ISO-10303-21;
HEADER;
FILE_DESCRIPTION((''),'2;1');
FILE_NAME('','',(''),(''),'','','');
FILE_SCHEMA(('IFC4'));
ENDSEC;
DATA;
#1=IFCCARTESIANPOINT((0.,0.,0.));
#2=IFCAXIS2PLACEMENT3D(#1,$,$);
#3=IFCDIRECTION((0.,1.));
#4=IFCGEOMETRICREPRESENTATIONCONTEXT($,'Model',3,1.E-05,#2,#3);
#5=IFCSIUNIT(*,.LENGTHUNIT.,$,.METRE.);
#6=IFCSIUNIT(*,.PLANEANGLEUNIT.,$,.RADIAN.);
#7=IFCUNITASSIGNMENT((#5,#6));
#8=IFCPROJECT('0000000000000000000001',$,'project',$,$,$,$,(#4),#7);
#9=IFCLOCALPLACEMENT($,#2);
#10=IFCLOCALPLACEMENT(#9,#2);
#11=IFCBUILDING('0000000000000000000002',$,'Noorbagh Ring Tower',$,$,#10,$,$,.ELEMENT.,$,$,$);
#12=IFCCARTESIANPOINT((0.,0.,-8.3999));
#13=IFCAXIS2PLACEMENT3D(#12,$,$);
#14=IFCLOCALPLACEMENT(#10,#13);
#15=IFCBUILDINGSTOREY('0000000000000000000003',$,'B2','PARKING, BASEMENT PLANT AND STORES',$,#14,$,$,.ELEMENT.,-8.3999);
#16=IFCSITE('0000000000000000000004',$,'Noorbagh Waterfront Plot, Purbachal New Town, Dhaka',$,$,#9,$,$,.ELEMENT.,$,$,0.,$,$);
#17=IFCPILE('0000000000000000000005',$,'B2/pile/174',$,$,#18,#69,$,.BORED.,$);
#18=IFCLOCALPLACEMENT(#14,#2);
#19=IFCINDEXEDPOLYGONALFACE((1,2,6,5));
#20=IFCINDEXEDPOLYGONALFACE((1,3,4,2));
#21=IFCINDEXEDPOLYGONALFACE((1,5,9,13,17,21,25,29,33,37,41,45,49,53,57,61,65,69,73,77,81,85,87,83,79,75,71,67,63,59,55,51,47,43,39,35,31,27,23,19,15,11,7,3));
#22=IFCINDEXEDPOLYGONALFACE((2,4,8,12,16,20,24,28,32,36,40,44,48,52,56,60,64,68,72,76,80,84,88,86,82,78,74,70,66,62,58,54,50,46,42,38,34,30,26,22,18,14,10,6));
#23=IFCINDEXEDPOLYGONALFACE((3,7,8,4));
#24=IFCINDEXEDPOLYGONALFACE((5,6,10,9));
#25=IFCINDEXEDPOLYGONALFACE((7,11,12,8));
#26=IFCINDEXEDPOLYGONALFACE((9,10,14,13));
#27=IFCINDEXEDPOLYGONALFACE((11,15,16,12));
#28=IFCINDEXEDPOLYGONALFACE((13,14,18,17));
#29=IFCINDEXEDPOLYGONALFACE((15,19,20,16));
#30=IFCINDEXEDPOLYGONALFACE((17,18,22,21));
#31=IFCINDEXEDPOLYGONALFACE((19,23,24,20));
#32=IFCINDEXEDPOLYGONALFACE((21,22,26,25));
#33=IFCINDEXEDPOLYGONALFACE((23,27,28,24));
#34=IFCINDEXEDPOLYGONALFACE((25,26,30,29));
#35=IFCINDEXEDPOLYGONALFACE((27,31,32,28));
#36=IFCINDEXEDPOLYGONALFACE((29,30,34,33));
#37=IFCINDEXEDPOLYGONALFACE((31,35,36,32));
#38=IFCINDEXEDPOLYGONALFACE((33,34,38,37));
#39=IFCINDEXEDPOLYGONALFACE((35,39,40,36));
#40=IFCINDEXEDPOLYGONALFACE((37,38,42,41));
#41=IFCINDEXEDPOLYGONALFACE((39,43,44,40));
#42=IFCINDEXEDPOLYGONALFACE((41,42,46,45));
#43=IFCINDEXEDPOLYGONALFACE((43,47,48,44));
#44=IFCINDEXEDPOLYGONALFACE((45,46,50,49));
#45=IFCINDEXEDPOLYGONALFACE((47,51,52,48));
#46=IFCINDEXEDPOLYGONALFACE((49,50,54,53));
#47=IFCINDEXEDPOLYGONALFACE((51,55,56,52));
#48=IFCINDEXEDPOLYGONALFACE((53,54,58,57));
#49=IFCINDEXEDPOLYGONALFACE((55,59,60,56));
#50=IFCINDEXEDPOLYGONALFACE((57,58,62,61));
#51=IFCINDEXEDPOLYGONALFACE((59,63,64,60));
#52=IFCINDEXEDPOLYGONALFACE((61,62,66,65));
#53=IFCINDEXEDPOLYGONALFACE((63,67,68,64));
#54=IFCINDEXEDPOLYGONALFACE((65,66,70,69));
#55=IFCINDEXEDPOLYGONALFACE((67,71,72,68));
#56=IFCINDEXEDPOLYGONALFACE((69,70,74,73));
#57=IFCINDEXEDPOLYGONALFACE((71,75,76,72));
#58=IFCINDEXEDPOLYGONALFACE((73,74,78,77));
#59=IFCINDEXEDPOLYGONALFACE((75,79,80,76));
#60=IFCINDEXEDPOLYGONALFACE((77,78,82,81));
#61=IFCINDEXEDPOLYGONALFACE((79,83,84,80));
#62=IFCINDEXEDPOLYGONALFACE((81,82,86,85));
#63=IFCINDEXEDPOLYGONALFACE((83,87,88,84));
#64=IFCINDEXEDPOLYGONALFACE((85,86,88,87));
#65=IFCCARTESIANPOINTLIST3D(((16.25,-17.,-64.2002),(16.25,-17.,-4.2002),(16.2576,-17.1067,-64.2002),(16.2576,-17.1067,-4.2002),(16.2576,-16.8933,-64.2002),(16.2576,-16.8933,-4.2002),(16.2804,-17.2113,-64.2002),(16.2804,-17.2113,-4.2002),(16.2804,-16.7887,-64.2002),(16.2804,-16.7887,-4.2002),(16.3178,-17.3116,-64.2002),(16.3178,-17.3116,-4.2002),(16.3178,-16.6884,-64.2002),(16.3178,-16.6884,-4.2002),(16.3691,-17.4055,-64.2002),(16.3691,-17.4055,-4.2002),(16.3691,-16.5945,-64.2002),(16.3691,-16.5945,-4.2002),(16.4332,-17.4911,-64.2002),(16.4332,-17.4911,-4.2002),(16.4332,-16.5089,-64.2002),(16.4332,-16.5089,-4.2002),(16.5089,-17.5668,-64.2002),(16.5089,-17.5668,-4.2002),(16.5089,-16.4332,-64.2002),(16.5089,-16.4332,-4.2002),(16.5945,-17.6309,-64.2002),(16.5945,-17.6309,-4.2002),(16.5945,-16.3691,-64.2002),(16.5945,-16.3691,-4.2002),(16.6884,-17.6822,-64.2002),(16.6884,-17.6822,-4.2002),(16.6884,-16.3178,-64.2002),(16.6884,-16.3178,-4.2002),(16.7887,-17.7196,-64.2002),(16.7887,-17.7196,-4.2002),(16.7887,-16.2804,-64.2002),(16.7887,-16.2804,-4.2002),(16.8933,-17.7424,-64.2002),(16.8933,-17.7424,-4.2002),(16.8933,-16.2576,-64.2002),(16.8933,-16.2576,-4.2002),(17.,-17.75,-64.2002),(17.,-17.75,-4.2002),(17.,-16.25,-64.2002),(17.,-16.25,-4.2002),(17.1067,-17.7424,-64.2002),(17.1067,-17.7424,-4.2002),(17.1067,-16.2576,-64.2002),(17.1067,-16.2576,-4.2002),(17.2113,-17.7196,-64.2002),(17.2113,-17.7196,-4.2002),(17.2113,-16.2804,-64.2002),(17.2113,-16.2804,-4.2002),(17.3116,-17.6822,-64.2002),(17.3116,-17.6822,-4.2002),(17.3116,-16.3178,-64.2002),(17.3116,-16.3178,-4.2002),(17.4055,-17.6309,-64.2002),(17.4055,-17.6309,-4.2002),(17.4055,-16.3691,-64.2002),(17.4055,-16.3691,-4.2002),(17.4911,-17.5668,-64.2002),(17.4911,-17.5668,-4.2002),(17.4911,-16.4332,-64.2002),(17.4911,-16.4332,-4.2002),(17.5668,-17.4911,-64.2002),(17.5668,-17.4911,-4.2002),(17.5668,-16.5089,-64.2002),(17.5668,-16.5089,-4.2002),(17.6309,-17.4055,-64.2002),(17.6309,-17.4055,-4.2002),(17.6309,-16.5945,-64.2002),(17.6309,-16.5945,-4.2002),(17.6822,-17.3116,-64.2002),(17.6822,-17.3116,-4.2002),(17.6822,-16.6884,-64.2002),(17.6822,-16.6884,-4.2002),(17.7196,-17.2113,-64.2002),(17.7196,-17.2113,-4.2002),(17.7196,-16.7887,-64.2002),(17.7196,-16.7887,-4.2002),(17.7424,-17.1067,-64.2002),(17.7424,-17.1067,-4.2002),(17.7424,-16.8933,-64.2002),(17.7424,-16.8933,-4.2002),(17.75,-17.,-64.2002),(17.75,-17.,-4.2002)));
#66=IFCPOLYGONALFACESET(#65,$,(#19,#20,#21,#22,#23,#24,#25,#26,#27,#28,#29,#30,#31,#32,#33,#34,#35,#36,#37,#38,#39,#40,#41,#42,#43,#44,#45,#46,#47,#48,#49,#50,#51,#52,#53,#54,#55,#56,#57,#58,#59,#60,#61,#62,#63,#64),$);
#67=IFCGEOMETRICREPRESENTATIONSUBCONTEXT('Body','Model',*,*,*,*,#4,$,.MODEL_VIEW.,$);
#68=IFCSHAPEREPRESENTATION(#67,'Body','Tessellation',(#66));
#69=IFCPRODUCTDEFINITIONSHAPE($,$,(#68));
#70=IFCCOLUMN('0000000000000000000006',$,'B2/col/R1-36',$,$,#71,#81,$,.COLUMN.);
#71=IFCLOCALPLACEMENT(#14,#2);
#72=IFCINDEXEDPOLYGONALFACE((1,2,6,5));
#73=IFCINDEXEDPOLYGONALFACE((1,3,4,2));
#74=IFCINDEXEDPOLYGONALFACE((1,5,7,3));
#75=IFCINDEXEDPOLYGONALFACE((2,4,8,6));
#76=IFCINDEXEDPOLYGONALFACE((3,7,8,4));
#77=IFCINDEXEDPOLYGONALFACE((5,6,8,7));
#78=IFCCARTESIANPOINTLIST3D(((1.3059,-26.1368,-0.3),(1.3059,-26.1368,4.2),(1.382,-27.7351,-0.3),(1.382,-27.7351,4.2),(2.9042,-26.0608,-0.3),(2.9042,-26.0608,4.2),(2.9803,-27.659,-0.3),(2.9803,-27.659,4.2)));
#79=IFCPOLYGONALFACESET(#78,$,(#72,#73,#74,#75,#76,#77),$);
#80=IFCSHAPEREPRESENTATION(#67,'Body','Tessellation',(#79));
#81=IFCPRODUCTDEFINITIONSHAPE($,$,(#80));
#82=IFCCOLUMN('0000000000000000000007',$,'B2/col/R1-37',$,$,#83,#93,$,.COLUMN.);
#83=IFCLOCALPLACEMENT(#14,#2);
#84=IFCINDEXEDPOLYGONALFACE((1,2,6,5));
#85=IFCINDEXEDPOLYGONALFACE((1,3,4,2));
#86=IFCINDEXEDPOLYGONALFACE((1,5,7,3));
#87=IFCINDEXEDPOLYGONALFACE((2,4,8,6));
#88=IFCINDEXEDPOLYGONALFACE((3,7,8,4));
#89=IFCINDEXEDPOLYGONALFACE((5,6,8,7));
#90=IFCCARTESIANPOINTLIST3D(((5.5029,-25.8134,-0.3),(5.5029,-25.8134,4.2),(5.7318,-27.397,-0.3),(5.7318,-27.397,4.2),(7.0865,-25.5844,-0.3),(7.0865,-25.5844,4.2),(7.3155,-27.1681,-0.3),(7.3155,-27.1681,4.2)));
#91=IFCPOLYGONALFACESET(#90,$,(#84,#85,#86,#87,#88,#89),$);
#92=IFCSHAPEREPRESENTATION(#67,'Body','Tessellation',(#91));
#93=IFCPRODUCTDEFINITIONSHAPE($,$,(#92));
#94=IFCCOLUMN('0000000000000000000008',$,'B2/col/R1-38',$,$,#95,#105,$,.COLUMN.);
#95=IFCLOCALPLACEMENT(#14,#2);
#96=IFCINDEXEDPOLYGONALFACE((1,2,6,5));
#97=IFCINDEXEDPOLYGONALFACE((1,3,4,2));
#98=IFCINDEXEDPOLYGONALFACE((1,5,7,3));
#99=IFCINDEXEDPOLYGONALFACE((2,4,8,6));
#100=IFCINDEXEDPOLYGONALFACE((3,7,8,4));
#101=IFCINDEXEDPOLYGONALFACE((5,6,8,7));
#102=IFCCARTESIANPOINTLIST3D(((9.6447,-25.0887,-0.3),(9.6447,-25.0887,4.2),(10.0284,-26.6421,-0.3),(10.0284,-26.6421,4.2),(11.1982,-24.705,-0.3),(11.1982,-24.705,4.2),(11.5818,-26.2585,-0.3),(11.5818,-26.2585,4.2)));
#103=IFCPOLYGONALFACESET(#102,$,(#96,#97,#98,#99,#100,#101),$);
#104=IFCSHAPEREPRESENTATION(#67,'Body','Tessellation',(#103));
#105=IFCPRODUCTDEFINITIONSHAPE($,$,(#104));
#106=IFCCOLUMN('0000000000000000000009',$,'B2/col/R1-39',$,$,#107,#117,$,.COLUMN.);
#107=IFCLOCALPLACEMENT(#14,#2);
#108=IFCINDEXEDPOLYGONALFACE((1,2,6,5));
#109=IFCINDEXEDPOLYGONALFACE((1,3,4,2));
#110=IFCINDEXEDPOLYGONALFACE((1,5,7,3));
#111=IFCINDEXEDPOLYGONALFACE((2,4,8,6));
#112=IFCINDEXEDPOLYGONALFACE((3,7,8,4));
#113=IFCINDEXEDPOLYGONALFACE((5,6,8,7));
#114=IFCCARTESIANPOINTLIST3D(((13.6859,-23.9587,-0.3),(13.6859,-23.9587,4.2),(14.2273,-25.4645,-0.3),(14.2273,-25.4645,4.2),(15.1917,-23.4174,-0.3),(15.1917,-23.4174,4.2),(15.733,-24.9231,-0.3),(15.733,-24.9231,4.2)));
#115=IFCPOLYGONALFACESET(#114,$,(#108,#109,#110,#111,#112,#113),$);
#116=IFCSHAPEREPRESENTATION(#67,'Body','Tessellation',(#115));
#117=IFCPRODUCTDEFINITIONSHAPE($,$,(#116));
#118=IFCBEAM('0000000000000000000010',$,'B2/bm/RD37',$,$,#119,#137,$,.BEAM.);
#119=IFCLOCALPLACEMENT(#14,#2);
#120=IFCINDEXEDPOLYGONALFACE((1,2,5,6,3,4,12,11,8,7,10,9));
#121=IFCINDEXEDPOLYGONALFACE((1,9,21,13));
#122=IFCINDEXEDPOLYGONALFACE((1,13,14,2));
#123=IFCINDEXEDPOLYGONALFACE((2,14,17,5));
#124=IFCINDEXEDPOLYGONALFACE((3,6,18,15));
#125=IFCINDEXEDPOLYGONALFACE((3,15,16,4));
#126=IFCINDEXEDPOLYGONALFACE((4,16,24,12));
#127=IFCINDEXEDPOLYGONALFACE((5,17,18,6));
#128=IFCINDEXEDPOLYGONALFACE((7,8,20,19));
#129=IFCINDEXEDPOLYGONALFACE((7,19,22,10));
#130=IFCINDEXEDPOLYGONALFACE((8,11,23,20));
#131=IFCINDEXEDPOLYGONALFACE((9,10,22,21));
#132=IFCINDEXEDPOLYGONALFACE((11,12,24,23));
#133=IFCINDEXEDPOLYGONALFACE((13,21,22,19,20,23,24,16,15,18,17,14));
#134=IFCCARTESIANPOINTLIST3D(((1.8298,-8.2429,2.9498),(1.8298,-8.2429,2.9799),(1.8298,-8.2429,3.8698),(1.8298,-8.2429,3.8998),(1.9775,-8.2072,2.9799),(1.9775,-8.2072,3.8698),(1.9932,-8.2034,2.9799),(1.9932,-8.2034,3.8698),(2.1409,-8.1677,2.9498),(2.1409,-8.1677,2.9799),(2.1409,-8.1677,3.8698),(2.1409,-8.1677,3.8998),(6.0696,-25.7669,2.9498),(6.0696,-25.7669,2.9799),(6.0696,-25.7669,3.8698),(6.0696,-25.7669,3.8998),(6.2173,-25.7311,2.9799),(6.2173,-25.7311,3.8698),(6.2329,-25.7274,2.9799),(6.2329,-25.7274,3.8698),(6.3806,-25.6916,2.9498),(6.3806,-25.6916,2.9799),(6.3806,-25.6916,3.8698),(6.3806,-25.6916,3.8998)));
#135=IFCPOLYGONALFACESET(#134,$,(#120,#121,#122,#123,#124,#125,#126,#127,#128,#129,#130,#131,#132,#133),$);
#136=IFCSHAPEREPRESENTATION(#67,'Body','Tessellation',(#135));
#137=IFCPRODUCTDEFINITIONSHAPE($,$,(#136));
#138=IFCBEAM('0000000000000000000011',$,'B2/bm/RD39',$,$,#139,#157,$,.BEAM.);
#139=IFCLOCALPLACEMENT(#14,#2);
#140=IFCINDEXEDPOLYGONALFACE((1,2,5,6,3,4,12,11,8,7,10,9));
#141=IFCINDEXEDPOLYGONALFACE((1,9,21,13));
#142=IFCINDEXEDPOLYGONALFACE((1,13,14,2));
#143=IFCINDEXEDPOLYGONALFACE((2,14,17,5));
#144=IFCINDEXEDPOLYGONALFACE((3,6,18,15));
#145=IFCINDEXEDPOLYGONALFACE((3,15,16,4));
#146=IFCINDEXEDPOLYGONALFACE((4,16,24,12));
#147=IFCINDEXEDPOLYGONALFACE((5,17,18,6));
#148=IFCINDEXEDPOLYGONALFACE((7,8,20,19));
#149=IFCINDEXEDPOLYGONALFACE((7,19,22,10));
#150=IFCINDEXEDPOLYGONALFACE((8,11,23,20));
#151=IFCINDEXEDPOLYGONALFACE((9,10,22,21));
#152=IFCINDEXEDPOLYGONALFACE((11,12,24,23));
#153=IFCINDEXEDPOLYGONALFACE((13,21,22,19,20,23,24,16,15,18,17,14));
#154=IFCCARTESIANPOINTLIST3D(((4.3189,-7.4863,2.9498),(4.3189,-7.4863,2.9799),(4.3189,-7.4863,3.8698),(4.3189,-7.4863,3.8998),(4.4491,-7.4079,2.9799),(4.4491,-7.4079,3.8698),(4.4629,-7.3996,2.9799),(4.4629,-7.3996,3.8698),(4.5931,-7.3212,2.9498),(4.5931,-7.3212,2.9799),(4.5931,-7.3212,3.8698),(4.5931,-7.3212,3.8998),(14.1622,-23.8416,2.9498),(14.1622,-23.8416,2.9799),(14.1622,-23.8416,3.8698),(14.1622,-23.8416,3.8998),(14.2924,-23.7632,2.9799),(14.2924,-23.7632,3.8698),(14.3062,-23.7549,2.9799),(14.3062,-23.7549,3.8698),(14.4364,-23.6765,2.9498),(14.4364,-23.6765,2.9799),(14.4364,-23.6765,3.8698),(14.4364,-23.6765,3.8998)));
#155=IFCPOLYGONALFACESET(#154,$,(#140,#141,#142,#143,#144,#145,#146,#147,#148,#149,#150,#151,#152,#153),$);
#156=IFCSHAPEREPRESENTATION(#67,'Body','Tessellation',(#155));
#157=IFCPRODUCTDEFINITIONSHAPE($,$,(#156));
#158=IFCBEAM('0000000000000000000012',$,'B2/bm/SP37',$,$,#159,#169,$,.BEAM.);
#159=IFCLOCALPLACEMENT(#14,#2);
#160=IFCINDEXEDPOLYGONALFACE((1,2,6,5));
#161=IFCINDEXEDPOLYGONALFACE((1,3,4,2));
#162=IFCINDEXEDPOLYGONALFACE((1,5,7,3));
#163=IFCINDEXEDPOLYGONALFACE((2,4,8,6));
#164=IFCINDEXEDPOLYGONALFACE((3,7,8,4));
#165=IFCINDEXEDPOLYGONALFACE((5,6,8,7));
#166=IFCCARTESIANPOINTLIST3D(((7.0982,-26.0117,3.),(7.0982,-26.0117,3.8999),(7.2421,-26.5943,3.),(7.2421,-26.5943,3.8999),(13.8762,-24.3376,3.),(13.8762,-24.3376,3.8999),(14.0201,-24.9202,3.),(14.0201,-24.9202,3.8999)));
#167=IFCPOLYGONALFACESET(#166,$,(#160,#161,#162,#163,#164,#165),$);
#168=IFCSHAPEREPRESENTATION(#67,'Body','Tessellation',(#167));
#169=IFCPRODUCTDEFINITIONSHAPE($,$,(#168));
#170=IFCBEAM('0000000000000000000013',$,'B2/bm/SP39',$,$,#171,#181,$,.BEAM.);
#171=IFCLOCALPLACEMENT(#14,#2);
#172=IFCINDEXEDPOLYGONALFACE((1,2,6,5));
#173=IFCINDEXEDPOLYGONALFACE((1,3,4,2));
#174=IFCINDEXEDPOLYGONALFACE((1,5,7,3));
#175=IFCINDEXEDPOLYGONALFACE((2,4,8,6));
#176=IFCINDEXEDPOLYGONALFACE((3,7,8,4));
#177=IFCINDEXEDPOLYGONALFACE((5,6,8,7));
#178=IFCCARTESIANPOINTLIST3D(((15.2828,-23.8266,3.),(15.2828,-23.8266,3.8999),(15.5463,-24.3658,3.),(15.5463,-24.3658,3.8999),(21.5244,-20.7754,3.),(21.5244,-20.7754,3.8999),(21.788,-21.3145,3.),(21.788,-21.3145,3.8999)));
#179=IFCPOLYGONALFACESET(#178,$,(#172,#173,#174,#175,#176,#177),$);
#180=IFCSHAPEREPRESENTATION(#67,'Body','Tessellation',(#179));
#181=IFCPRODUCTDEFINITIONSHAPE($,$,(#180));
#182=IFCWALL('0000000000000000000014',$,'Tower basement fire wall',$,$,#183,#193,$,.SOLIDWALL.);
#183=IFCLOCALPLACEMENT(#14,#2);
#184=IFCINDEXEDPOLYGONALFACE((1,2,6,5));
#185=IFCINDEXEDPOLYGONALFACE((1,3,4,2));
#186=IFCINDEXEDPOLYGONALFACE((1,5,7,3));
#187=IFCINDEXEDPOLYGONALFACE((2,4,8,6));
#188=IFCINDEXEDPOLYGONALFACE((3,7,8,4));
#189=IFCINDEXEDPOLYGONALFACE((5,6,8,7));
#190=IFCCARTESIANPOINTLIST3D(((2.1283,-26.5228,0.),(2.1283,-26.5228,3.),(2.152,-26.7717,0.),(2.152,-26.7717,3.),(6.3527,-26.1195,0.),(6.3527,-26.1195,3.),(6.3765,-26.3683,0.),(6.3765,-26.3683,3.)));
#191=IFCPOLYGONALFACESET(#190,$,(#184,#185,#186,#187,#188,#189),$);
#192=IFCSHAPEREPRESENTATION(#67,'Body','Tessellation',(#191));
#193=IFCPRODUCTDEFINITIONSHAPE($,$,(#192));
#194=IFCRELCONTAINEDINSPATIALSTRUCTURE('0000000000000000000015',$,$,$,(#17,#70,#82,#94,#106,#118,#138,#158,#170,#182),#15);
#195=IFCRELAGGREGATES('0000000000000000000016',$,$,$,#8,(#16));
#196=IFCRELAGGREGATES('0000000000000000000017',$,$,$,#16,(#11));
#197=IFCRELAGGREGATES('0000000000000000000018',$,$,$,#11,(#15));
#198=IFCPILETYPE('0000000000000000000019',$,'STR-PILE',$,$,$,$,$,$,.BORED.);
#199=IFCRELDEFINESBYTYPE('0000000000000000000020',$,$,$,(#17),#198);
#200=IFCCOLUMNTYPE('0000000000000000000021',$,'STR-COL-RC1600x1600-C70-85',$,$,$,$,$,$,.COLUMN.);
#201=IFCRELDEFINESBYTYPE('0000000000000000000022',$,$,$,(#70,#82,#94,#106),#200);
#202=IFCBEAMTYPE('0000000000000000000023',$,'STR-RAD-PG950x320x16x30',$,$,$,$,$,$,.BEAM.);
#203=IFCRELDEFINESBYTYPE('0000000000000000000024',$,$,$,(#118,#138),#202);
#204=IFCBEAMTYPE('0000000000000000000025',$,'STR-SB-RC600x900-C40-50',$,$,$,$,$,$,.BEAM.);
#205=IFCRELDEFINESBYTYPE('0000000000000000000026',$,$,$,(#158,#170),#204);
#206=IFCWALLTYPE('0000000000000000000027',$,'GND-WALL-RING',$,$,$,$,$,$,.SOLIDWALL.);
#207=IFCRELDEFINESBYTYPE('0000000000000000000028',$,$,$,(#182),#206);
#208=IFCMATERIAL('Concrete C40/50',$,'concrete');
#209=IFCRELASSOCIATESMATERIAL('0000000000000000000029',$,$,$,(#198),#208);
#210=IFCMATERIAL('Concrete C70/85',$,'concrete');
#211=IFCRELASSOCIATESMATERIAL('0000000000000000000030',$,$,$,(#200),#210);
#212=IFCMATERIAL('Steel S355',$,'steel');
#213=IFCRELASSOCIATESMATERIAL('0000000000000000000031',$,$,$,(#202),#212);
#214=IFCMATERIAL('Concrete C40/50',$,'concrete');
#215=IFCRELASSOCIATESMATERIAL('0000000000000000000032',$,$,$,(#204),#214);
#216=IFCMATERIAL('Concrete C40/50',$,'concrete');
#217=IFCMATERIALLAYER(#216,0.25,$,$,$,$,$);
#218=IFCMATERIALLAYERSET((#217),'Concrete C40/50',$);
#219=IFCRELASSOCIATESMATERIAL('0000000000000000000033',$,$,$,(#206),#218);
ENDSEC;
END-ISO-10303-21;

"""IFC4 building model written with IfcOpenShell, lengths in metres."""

from ifc_helpers import new_model, si_unit, direction, frame, frame_2d, origin, origin_2d, place, context, subcontext, project, spatial, rectangle, circle, i_section, extrude, material, layer, layer_set, material_profile, profile_set, type_object, element, save


model = new_model("IFC4")

# Units and contexts
model_context = context("Model", 3, precision=1e-05, world=origin(), true_north=direction((0.0, 1.0)))
body_context = subcontext(model_context, "Body", "Model", "MODEL_VIEW")
ifc_project = project(units=[si_unit("LENGTHUNIT", "METRE"), si_unit("PLANEANGLEUNIT", "RADIAN")], contexts=[model_context])

# Site, building, storey
site_placement = place(None, origin())
site = spatial("IfcSite", under=ifc_project, at=site_placement, Name="Noorbagh Waterfront Plot, Purbachal New Town, Dhaka", CompositionType="ELEMENT", RefElevation=0.0)
building_placement = place(site_placement, origin())
building = spatial("IfcBuilding", under=site, at=building_placement, Name="Noorbagh Ring Tower", CompositionType="ELEMENT")
storey_placement = place(building_placement, frame((0.0, 0.0, -8.3999)))
storey = spatial("IfcBuildingStorey", under=building, at=storey_placement, Name="B2", Description="PARKING, BASEMENT PLANT AND STORES", CompositionType="ELEMENT", Elevation=-8.3999)

# Pile
ifc_material_1 = material(Name="Concrete C40/50", Category="concrete")
ifc_material_profile_1 = material_profile(ifc_material_1, circle(Radius=0.75, at=origin_2d()), Name="PILE1500")
ifc_profile_set_1 = profile_set([ifc_material_profile_1], Name="Concrete C40/50")
pile_type = type_object("IfcPileType", Name="STR-PILE", PredefinedType="BORED", material=ifc_profile_set_1)
for number, where, z_axis, x_axis, name in (
    (1, (17.0, -17.0, -4.2002), (0.0, 0.0, -1.0), (1.0, 0.0, 0.0), "B2/pile/174"),
):
    element("IfcPile", number, at=place(storey_placement, frame(where, z_axis=z_axis, x_axis=x_axis)), inside=storey, type_object=pile_type, Name=name, PredefinedType="BORED", context=body_context, shape_type="SweptSolid", body=[
        extrude(circle(Radius=0.75, at=origin_2d()), origin(), (0.0, 0.0, 1.0), 60.0),
    ])

# Columns
ifc_material_2 = material(Name="Concrete C70/85", Category="concrete")
ifc_material_profile_2 = material_profile(ifc_material_2, rectangle(XDim=1.6001, YDim=1.6001, at=origin_2d()), Name="RC1600x1600")
ifc_profile_set_2 = profile_set([ifc_material_profile_2], Name="Concrete C70/85")
column_type = type_object("IfcColumnType", Name="STR-COL-RC1600x1600-C70-85", PredefinedType="COLUMN", material=ifc_profile_set_2)
for number, where, z_axis, x_axis, name in (
    (2, (2.1431, -26.8979, -0.3), (0.0, 0.0, 1.0), (0.998869, 0.047553, 0.0), "B2/col/R1-36"),
    (3, (6.4092, -26.4907, -0.3), (0.0, 0.0, 1.0), (0.989713, 0.143066, 0.0), "B2/col/R1-37"),
    (4, (10.6133, -25.6736, -0.3), (0.0, 0.0, 1.0), (0.970829, 0.239771, 0.0), "B2/col/R1-38"),
    (5, (14.7095, -24.4409, -0.3), (0.0, 0.0, 1.0), (0.941025, 0.338338, 0.0), "B2/col/R1-39"),
):
    element("IfcColumn", number, at=place(storey_placement, frame(where, z_axis=z_axis, x_axis=x_axis)), inside=storey, type_object=column_type, Name=name, PredefinedType="COLUMN", context=body_context, shape_type="SweptSolid", body=[
        extrude(rectangle(XDim=1.6001, YDim=1.6001, at=origin_2d()), origin(), (0.0, 0.0, 1.0), 4.5),
    ])

# Beams
ifc_material_3 = material(Name="Steel S355", Category="steel")
ifc_material_profile_3 = material_profile(ifc_material_3, i_section(OverallWidth=0.3201, OverallDepth=0.95, WebThickness=0.0161, FlangeThickness=0.03, at=origin_2d()), Name="PG950x320x16x30")
ifc_profile_set_3 = profile_set([ifc_material_profile_3], Name="Steel S355")
beam_type_1 = type_object("IfcBeamType", Name="STR-RAD-PG950x320x16x30", PredefinedType="BEAM", material=ifc_profile_set_3)
beam_1_placement = place(storey_placement, frame((6.2251, -25.7292, 3.4248), z_axis=(-0.235156, 0.971958, 0.0), x_axis=(-0.971958, -0.235156, 0.0)))
element("IfcBeam", 6, at=beam_1_placement, inside=storey, type_object=beam_type_1, Name="B2/bm/RD37", PredefinedType="BEAM", context=body_context, shape_type="SweptSolid", body=[
    extrude(i_section(OverallWidth=0.3201, OverallDepth=0.95, WebThickness=0.0161, FlangeThickness=0.03, at=origin_2d()), origin(), (0.0, 0.0, 1.0), 18.0295),
])
beam_2_placement = place(storey_placement, frame((14.2993, -23.759, 3.4248), z_axis=(-0.515656, 0.856796, 0.0), x_axis=(-0.856796, -0.515656, 0.0)))
element("IfcBeam", 7, at=beam_2_placement, inside=storey, type_object=beam_type_1, Name="B2/bm/RD39", PredefinedType="BEAM", context=body_context, shape_type="SweptSolid", body=[
    extrude(i_section(OverallWidth=0.3201, OverallDepth=0.95, WebThickness=0.0161, FlangeThickness=0.03, at=origin_2d()), origin(), (0.0, 0.0, 1.0), 19.0889),
])
ifc_material_4 = material(Name="Concrete C40/50", Category="concrete")
ifc_material_profile_4 = material_profile(ifc_material_4, rectangle(XDim=0.6001, YDim=0.8999, at=origin_2d()), Name="RC600x900")
ifc_profile_set_4 = profile_set([ifc_material_profile_4], Name="Concrete C40/50")
beam_type_2 = type_object("IfcBeamType", Name="STR-SB-RC600x900-C40-50", PredefinedType="BEAM", material=ifc_profile_set_4)
beam_3_placement = place(storey_placement, frame((7.1702, -26.303, 3.45), z_axis=(0.970828, 0.239778, 0.0), x_axis=(-0.239778, 0.970828, 0.0)))
element("IfcBeam", 8, at=beam_3_placement, inside=storey, type_object=beam_type_2, Name="B2/bm/SP37", PredefinedType="BEAM", context=body_context, shape_type="SweptSolid", body=[
    extrude(rectangle(XDim=0.6001, YDim=0.8999, at=origin_2d()), origin(), (0.0, 0.0, 1.0), 6.9817),
])
beam_4_placement = place(storey_placement, frame((15.4146, -24.0962, 3.45), z_axis=(0.898397, 0.439184, 0.0), x_axis=(-0.439184, 0.898397, 0.0)))
element("IfcBeam", 9, at=beam_4_placement, inside=storey, type_object=beam_type_2, Name="B2/bm/SP39", PredefinedType="BEAM", context=body_context, shape_type="SweptSolid", body=[
    extrude(rectangle(XDim=0.6001, YDim=0.8999, at=origin_2d()), origin(), (0.0, 0.0, 1.0), 6.9475),
])

# Wall
ifc_material_5 = material(Name="Concrete C40/50", Category="concrete")
ifc_layer = layer(ifc_material_5, 0.25)
ifc_layer_set = layer_set([ifc_layer], Name="Concrete C40/50")
wall_type = type_object("IfcWallType", Name="GND-WALL-RING", PredefinedType="SOLIDWALL", material=ifc_layer_set)
wall_1_placement = place(storey_placement, frame((2.1401, -26.6472, 0.0), z_axis=(0.0, 0.0, 1.0), x_axis=(0.995473, 0.095043, 0.0)))
element("IfcWall", 10, at=wall_1_placement, inside=storey, type_object=wall_type, Name="Tower basement fire wall", PredefinedType="SOLIDWALL", context=body_context, shape_type="SweptSolid", body=[
    extrude(rectangle(XDim=4.2437, YDim=0.25, at=frame_2d((2.1218, 0.0))), origin(), (0.0, 0.0, 1.0), 3.0),
])

save(model, "model.ifc")
